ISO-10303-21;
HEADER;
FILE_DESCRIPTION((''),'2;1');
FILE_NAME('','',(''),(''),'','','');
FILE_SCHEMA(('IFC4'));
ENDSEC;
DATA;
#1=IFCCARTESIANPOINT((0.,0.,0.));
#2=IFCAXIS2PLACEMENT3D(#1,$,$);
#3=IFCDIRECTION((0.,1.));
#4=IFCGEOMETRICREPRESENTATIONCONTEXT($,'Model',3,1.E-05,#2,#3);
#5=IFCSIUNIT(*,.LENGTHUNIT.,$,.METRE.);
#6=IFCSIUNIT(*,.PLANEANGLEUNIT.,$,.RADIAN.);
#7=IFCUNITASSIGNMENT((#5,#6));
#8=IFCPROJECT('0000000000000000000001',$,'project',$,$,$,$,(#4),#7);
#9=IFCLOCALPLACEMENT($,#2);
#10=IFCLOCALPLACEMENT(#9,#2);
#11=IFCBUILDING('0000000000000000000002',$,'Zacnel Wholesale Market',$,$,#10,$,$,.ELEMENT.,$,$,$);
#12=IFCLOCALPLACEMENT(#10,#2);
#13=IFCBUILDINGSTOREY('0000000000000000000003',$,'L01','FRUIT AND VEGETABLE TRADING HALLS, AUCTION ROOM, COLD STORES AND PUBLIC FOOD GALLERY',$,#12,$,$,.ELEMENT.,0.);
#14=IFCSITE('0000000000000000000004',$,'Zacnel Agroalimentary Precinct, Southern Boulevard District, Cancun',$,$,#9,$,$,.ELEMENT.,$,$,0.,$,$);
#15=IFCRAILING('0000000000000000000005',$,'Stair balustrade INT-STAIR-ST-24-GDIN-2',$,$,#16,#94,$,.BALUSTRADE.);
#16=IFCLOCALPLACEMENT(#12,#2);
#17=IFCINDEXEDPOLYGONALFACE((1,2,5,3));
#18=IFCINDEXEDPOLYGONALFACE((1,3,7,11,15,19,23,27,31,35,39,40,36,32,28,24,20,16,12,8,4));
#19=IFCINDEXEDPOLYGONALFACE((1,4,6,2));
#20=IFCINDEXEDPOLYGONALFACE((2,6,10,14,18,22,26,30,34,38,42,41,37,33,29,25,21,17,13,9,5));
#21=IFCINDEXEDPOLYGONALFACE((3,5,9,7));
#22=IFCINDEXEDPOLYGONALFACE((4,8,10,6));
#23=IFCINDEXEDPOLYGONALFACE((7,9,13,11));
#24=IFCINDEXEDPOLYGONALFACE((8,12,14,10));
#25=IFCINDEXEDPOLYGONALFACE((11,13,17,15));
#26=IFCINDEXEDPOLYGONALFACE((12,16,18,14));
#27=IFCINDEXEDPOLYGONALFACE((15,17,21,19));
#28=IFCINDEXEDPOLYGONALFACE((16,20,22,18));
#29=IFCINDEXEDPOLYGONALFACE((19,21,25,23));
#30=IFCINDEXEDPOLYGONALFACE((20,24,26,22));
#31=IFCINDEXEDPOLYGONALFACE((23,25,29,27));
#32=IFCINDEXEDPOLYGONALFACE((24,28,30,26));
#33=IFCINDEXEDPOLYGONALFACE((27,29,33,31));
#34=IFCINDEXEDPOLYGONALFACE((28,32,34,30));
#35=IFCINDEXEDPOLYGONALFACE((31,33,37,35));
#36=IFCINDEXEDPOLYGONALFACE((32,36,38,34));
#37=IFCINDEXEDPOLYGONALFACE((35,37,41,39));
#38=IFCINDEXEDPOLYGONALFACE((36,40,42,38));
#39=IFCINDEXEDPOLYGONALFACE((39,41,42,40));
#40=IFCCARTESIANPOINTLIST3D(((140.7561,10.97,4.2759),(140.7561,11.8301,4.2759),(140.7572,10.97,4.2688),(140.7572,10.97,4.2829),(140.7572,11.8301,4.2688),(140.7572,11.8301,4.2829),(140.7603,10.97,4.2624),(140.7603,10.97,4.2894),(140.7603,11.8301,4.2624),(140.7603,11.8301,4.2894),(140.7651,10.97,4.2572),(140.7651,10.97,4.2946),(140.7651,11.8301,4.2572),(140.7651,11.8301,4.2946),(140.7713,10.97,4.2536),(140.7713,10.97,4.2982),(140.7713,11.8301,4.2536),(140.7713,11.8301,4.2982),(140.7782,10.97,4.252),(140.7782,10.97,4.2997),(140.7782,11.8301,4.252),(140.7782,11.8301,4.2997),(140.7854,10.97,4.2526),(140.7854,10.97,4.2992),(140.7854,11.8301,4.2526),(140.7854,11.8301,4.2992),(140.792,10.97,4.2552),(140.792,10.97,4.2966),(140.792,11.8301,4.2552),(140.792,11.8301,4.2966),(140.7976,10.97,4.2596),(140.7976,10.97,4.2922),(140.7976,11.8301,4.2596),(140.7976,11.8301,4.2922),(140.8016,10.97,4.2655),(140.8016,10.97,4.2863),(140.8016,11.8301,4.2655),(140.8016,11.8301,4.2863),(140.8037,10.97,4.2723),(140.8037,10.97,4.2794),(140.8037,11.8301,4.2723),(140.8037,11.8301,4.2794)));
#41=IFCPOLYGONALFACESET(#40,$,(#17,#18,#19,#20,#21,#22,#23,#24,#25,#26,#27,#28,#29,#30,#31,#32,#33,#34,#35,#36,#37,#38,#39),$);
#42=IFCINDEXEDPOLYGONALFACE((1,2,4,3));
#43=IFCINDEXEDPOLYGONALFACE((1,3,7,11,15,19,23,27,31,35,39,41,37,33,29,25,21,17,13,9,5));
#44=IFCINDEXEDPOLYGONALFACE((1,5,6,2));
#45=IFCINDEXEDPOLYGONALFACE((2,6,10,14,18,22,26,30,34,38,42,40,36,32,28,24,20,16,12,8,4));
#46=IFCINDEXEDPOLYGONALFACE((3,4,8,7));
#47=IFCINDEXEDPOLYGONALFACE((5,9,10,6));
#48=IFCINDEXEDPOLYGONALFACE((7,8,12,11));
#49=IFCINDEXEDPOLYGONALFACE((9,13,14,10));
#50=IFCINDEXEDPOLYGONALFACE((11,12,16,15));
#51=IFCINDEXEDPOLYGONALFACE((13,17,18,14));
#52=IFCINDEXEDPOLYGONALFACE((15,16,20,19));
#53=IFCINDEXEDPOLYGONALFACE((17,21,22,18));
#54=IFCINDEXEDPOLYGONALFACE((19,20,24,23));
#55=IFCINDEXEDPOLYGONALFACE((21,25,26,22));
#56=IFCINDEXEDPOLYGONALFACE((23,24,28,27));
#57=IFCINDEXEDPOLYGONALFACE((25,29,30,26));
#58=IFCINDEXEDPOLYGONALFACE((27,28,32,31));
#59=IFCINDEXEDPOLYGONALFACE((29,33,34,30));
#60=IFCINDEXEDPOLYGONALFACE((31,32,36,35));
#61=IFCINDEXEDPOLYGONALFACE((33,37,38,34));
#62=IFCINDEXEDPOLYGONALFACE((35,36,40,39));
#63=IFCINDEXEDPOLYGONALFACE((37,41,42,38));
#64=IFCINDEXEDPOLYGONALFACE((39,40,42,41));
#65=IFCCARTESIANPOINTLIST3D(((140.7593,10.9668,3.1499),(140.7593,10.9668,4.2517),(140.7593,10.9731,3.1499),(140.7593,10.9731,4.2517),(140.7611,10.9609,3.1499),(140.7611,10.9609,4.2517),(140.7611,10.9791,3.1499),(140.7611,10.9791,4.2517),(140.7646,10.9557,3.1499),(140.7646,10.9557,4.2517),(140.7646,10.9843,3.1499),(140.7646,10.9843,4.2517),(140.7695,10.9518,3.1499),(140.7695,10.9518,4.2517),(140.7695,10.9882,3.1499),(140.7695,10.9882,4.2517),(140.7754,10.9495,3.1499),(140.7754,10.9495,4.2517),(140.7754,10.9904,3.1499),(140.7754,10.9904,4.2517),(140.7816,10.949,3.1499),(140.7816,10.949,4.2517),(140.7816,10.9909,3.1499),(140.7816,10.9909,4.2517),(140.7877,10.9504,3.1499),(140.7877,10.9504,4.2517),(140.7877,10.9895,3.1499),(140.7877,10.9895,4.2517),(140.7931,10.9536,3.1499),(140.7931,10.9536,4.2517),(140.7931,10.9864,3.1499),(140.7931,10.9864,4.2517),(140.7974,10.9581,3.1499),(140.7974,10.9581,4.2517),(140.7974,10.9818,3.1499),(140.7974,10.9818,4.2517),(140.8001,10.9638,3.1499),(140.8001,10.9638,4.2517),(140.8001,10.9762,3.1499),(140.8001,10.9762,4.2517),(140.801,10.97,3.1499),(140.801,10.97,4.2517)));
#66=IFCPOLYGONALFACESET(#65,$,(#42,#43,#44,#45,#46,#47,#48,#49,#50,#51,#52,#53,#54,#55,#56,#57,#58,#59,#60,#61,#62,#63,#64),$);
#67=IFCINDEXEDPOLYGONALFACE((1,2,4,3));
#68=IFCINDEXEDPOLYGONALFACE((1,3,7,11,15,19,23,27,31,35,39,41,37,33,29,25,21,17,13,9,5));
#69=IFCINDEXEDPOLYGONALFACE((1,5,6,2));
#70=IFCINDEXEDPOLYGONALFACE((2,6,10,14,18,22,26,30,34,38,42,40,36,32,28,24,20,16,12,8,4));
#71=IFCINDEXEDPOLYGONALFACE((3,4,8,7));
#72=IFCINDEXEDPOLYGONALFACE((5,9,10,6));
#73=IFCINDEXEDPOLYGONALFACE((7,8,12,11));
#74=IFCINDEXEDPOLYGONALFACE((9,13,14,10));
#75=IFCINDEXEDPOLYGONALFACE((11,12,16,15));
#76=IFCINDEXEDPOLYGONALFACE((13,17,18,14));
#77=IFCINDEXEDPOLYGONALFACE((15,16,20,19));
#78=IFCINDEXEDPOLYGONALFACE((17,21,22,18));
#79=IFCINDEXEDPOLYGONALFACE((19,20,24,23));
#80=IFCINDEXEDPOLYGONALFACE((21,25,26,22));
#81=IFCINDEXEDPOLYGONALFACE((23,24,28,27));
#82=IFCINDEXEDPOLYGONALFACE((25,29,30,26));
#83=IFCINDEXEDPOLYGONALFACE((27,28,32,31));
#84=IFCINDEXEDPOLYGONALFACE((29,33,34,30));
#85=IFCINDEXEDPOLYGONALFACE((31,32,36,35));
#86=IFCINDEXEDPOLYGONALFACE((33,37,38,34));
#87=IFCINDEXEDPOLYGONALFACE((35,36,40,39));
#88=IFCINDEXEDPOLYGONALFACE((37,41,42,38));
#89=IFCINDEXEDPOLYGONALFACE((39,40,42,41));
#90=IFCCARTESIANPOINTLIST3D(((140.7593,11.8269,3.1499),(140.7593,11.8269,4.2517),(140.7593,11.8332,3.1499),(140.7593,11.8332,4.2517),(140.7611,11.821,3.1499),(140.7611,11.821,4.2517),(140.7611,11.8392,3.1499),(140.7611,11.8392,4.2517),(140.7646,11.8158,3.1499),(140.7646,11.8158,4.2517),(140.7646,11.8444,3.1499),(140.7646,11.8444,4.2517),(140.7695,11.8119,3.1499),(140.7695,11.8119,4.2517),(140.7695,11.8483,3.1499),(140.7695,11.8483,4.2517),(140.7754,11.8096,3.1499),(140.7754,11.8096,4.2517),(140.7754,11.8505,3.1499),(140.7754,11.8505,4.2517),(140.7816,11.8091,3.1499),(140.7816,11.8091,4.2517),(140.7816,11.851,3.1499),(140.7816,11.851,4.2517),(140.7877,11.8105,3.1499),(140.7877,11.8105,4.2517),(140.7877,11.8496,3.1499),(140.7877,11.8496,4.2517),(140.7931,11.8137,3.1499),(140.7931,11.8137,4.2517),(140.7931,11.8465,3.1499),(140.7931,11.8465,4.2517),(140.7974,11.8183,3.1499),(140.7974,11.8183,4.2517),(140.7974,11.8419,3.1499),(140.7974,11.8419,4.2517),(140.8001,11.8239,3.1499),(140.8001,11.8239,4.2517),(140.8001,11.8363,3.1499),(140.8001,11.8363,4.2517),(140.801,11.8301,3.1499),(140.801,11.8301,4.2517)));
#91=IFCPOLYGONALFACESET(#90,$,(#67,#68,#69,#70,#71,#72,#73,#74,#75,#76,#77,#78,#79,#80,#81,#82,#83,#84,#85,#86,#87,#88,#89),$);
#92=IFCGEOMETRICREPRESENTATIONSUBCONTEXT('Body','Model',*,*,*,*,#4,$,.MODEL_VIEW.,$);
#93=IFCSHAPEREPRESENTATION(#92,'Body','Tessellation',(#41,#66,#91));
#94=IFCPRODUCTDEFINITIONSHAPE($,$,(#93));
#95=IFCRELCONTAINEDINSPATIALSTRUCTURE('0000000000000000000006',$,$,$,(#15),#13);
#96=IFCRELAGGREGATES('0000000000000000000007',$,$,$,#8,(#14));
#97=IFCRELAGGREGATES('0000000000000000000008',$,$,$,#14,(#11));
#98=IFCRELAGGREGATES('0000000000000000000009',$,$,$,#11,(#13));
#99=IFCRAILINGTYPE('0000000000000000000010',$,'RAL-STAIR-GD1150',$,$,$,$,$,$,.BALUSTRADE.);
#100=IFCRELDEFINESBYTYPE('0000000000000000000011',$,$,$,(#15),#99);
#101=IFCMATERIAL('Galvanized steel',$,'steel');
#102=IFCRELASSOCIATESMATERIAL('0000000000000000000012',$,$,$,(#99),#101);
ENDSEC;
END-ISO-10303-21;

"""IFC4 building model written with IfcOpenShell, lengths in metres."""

from ifc_helpers import new_model, si_unit, direction, frame, origin, origin_2d, place, context, subcontext, project, spatial, circle, extrude, material, type_object, element, save


model = new_model("IFC4")

# Units and contexts
model_context = context("Model", 3, precision=1e-05, world=origin(), true_north=direction((0.0, 1.0)))
body_context = subcontext(model_context, "Body", "Model", "MODEL_VIEW")
ifc_project = project(units=[si_unit("LENGTHUNIT", "METRE"), si_unit("PLANEANGLEUNIT", "RADIAN")], contexts=[model_context])

# Site, building, storey
site_placement = place(None, origin())
site = spatial("IfcSite", under=ifc_project, at=site_placement, Name="Zacnel Agroalimentary Precinct, Southern Boulevard District, Cancun", CompositionType="ELEMENT", RefElevation=0.0)
building_placement = place(site_placement, origin())
building = spatial("IfcBuilding", under=site, at=building_placement, Name="Zacnel Wholesale Market", CompositionType="ELEMENT")
storey_placement = place(building_placement, origin())
storey = spatial("IfcBuildingStorey", under=building, at=storey_placement, Name="L01", Description="FRUIT AND VEGETABLE TRADING HALLS, AUCTION ROOM, COLD STORES AND PUBLIC FOOD GALLERY", CompositionType="ELEMENT", Elevation=0.0)

# Railing
ifc_material_1 = material(Name="Galvanized steel", Category="steel")
railing_type_1 = type_object("IfcRailingType", Name="RAL-STAIR-GD1150", PredefinedType="BALUSTRADE", material=ifc_material_1)
railing_1_placement = place(storey_placement, frame((140.78, 10.97, 3.1499)))
element("IfcRailing", 1, at=railing_1_placement, inside=storey, type_object=railing_type_1, Name="Stair balustrade INT-STAIR-ST-24-GDIN-2", PredefinedType="BALUSTRADE", context=body_context, shape_type="SweptSolid", body=[
    extrude(circle(Radius=0.0239, at=origin_2d()), frame((0.0, 0.0, 1.126), z_axis=(0.0, 1.0, 0.0), x_axis=(-1.0, 0.0, 0.0)), (0.0, 0.0, 1.0), 0.8601),
    extrude(circle(Radius=0.021, at=origin_2d()), origin(), (0.0, 0.0, 1.0), 1.1018),
    extrude(circle(Radius=0.021, at=origin_2d()), frame((0.0, 0.8601, 0.0)), (0.0, 0.0, 1.0), 1.1018),
])

save(model, "model.ifc")
